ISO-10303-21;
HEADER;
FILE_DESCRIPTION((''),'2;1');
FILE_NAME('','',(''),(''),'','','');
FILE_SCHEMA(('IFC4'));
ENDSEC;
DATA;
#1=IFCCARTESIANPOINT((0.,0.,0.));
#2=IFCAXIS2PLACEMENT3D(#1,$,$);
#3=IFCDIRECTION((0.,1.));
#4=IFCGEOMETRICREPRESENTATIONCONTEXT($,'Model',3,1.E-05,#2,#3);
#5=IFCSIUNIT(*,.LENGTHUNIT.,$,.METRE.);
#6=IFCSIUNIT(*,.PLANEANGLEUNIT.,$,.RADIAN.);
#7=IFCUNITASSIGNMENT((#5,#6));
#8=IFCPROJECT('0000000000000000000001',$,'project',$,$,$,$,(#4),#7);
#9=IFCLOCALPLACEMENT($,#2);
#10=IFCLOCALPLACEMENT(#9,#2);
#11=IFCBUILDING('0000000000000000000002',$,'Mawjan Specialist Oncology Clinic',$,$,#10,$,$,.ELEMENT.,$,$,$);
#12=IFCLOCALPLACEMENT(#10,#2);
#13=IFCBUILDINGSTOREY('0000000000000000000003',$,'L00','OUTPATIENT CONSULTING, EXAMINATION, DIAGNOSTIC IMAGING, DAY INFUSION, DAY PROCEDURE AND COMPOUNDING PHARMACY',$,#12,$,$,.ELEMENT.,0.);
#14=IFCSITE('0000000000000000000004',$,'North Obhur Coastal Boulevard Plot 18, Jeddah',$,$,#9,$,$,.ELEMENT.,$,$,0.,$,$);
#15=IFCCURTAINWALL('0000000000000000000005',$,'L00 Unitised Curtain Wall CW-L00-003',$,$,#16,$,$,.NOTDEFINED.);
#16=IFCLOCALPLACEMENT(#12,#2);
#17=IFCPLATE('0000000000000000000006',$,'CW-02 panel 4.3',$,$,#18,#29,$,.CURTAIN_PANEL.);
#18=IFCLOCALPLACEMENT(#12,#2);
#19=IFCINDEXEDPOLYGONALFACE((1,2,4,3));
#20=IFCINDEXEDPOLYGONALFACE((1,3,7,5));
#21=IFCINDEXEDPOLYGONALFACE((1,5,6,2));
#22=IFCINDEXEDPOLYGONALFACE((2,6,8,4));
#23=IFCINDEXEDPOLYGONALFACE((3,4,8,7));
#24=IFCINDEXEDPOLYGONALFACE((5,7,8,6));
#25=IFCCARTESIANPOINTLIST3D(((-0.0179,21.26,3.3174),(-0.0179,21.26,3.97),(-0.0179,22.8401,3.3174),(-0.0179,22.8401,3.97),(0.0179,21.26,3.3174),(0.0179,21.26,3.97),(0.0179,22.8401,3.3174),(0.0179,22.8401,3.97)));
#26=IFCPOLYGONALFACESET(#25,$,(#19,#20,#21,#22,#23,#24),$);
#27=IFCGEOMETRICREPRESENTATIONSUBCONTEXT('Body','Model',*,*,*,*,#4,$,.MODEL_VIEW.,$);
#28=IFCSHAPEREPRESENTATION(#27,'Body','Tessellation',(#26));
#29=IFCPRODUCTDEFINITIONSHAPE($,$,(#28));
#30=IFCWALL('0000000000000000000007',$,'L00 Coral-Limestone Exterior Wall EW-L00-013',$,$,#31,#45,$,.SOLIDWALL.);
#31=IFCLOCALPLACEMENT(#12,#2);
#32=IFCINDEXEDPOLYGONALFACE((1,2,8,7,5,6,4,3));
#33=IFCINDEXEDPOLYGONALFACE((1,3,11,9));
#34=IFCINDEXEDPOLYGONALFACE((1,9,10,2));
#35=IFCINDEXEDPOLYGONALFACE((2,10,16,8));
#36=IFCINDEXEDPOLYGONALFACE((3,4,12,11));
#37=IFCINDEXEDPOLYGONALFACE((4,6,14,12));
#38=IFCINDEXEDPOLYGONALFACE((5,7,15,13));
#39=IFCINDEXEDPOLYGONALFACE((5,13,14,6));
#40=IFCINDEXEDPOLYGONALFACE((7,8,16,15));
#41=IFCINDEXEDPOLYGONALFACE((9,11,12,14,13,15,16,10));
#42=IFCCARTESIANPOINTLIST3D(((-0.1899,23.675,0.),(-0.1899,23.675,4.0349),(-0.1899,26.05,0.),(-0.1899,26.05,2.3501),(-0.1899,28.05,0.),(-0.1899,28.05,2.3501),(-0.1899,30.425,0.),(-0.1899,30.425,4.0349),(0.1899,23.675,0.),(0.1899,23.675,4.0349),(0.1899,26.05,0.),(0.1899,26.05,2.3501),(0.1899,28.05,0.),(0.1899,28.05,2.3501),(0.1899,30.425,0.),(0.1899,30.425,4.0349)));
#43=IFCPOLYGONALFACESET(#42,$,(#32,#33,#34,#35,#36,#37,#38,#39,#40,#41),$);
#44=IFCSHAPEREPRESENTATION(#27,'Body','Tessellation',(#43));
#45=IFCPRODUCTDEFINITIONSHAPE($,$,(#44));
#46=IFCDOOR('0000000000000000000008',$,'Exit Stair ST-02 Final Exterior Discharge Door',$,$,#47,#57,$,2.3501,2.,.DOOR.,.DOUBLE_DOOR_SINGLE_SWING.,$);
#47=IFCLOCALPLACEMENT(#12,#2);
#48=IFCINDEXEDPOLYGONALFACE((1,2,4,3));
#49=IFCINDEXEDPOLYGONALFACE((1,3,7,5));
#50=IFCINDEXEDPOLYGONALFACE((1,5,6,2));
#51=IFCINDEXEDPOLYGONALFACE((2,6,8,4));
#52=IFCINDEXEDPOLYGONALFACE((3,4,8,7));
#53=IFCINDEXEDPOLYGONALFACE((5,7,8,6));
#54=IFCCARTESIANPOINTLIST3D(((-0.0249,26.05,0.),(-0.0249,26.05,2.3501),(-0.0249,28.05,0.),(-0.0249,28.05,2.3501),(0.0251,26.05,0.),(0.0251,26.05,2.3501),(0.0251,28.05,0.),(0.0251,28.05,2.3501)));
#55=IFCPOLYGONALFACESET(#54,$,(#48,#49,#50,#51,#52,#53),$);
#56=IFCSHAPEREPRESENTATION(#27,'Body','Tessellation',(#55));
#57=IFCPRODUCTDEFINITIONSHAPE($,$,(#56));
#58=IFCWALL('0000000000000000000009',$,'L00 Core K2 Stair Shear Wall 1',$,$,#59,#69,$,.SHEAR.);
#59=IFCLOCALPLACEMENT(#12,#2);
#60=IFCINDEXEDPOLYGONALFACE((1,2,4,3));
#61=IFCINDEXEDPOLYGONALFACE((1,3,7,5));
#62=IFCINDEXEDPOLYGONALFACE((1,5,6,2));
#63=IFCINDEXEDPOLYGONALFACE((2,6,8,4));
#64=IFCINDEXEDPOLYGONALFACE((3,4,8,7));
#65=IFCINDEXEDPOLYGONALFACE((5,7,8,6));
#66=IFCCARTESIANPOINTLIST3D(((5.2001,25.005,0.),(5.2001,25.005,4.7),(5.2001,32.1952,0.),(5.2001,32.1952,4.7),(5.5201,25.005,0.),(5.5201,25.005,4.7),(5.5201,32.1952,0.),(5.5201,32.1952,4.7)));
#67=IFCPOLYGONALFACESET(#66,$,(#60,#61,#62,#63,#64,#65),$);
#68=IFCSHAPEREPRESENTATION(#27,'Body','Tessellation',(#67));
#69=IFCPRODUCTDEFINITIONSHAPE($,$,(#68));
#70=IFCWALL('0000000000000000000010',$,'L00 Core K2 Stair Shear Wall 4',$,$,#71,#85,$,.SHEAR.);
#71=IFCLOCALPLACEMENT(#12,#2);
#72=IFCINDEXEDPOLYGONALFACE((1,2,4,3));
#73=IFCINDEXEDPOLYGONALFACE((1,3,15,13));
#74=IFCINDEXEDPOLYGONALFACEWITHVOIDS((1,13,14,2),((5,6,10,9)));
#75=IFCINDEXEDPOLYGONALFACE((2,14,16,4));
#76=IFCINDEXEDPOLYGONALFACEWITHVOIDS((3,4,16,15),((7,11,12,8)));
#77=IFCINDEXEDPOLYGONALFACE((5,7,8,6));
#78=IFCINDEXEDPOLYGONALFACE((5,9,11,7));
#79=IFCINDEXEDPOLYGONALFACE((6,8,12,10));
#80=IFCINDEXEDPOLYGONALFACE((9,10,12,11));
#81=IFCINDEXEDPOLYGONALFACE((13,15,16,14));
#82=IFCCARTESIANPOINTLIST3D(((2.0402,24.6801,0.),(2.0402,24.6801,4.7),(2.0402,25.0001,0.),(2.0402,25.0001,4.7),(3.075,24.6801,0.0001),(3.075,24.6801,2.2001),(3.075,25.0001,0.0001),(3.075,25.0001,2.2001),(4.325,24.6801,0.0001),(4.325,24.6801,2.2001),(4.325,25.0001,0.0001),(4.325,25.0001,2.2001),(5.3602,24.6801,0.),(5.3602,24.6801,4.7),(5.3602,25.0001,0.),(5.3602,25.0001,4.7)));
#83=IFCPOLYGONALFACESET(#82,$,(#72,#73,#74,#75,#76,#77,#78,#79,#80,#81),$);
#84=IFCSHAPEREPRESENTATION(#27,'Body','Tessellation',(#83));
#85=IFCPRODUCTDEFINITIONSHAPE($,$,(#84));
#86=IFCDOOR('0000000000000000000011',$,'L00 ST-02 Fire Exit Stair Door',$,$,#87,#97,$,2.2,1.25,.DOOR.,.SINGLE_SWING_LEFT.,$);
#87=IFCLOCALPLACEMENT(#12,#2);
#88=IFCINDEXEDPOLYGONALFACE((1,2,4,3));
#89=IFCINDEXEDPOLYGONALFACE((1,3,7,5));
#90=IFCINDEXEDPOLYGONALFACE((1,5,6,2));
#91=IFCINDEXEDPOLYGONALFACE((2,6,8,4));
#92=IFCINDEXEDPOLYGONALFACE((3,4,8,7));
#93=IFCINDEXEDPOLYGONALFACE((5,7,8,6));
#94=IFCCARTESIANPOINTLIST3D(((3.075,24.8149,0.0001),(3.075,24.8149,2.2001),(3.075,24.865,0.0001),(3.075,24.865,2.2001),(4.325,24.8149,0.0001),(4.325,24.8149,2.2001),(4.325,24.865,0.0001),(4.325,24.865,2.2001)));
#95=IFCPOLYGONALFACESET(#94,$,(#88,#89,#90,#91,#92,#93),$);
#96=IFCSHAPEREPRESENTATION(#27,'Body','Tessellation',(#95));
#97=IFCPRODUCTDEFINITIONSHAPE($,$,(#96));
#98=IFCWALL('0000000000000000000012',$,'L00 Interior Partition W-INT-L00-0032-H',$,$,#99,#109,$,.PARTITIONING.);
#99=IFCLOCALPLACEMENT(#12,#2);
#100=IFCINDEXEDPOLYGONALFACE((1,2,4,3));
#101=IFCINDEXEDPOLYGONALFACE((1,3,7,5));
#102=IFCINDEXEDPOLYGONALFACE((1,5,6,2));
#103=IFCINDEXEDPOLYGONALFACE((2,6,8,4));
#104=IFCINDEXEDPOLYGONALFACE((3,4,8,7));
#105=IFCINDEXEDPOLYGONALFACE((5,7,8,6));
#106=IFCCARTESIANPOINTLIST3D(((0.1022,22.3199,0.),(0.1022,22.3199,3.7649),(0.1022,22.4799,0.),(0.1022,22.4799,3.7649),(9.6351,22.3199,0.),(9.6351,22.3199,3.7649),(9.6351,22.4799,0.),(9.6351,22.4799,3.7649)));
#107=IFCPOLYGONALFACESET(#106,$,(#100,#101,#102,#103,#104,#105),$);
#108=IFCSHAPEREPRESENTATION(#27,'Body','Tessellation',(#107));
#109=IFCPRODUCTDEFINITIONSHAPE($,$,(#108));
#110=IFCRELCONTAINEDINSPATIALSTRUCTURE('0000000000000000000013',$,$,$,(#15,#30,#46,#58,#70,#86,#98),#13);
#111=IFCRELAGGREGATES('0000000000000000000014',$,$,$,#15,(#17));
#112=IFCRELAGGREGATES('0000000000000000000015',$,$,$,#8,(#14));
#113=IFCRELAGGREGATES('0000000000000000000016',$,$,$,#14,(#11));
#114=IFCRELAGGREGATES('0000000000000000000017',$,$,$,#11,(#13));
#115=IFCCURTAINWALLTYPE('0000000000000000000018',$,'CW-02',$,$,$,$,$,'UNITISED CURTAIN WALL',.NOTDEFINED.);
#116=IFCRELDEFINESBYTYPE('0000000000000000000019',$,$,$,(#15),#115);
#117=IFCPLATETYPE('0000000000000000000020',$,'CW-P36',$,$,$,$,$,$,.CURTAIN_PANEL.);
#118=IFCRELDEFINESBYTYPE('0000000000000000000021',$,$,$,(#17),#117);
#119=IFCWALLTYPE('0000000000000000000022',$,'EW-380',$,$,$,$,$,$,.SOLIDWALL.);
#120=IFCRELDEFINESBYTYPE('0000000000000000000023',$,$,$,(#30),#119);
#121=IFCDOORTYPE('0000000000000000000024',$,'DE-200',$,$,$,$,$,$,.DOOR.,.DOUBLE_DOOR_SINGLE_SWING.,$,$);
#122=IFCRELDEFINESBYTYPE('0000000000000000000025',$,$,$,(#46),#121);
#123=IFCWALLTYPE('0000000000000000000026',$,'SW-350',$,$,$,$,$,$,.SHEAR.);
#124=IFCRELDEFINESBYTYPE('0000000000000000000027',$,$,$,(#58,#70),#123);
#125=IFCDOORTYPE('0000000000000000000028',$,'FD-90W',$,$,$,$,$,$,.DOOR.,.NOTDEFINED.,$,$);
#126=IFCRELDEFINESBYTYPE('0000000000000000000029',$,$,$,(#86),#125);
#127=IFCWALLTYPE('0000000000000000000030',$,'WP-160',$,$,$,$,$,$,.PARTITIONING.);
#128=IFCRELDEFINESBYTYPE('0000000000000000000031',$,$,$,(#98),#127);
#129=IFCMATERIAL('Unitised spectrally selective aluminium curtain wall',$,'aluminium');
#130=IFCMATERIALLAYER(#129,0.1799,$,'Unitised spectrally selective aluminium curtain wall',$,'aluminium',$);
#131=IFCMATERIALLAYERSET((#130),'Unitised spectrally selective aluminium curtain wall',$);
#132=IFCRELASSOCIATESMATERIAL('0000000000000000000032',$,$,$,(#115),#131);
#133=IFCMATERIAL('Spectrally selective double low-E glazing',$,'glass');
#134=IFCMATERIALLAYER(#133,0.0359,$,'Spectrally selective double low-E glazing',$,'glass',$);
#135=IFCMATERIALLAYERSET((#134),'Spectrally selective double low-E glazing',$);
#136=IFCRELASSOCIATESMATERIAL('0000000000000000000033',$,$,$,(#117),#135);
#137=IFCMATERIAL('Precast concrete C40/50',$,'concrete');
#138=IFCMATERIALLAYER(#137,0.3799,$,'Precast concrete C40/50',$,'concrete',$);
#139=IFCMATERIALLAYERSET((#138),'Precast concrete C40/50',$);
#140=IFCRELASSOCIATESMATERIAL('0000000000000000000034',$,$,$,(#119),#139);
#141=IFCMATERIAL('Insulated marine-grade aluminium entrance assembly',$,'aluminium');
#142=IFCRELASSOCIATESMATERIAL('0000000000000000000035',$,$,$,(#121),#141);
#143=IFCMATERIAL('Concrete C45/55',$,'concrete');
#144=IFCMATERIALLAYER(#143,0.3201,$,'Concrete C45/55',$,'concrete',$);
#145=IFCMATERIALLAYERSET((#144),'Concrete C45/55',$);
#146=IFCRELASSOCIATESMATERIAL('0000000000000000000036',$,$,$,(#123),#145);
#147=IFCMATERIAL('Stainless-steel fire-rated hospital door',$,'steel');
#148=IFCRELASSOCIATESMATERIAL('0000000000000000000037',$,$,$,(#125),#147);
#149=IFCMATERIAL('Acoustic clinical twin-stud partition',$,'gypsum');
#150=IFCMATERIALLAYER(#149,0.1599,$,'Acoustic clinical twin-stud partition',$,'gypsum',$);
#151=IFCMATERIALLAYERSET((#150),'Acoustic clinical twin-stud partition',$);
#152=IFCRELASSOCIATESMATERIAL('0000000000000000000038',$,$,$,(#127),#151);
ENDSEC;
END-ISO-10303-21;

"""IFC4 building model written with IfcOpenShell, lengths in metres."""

from ifc_helpers import new_model, si_unit, direction, frame, frame_2d, origin, origin_2d, place, context, subcontext, project, spatial, rectangle, extrude, material, layer, layer_set, type_object, element, fill, aggregate, save


model = new_model("IFC4")

# Units and contexts
model_context = context("Model", 3, precision=1e-05, world=origin(), true_north=direction((0.0, 1.0)))
body_context = subcontext(model_context, "Body", "Model", "MODEL_VIEW")
ifc_project = project(units=[si_unit("LENGTHUNIT", "METRE"), si_unit("PLANEANGLEUNIT", "RADIAN")], contexts=[model_context])

# Site, building, storey
site_placement = place(None, origin())
site = spatial("IfcSite", under=ifc_project, at=site_placement, Name="North Obhur Coastal Boulevard Plot 18, Jeddah", CompositionType="ELEMENT", RefElevation=0.0)
building_placement = place(site_placement, origin())
building = spatial("IfcBuilding", under=site, at=building_placement, Name="Mawjan Specialist Oncology Clinic", CompositionType="ELEMENT")
storey_placement = place(building_placement, origin())
storey = spatial("IfcBuildingStorey", under=building, at=storey_placement, Name="L00", Description="OUTPATIENT CONSULTING, EXAMINATION, DIAGNOSTIC IMAGING, DAY INFUSION, DAY PROCEDURE AND COMPOUNDING PHARMACY", CompositionType="ELEMENT", Elevation=0.0)

# Curtain wall, plate
ifc_material_1 = material(Name="Unitised spectrally selective aluminium curtain wall", Category="aluminium")
ifc_layer_1 = layer(ifc_material_1, 0.1799, Name="Unitised spectrally selective aluminium curtain wall", Category="aluminium")
ifc_layer_set_1 = layer_set([ifc_layer_1], Name="Unitised spectrally selective aluminium curtain wall")
curtain_wall_type = type_object("IfcCurtainWallType", Name="CW-02", ElementType="UNITISED CURTAIN WALL", PredefinedType="NOTDEFINED", material=ifc_layer_set_1)
curtain_wall_placement = place(storey_placement, origin())
curtain_wall = element("IfcCurtainWall", 1, at=curtain_wall_placement, inside=storey, type_object=curtain_wall_type, Name="L00 Unitised Curtain Wall CW-L00-003", PredefinedType="NOTDEFINED")
ifc_material_2 = material(Name="Spectrally selective double low-E glazing", Category="glass")
ifc_layer_2 = layer(ifc_material_2, 0.0359, Name="Spectrally selective double low-E glazing", Category="glass")
ifc_layer_set_2 = layer_set([ifc_layer_2], Name="Spectrally selective double low-E glazing")
plate_type = type_object("IfcPlateType", Name="CW-P36", PredefinedType="CURTAIN_PANEL", material=ifc_layer_set_2)
plate_1_placement = place(storey_placement, frame((0.0, 22.05, 3.3174), z_axis=(0.0, 0.0, 1.0), x_axis=(0.0, 1.0, 0.0)))
plate_1 = element("IfcPlate", 2, at=plate_1_placement, type_object=plate_type, Name="CW-02 panel 4.3", PredefinedType="CURTAIN_PANEL", context=body_context, shape_type="SweptSolid", body=[
    extrude(rectangle(XDim=1.5801, YDim=0.0359, at=origin_2d()), origin(), (0.0, 0.0, 1.0), 0.6526),
])
aggregate(curtain_wall, [plate_1])

# Wall, opening, door
ifc_material_3 = material(Name="Precast concrete C40/50", Category="concrete")
ifc_layer_3 = layer(ifc_material_3, 0.3799, Name="Precast concrete C40/50", Category="concrete")
ifc_layer_set_3 = layer_set([ifc_layer_3], Name="Precast concrete C40/50")
wall_type_1 = type_object("IfcWallType", Name="EW-380", PredefinedType="SOLIDWALL", material=ifc_layer_set_3)
wall_1_placement = place(storey_placement, frame((0.0, 23.675, 0.0), z_axis=(0.0, 0.0, 1.0), x_axis=(0.0, 1.0, 0.0)))
wall_1 = element("IfcWall", 3, at=wall_1_placement, inside=storey, type_object=wall_type_1, Name="L00 Coral-Limestone Exterior Wall EW-L00-013", PredefinedType="SOLIDWALL", context=body_context, shape_type="SweptSolid", body=[
    extrude(rectangle(XDim=6.75, YDim=0.3799, at=frame_2d((3.375, 0.0))), origin(), (0.0, 0.0, 1.0), 4.0349),
])
opening_1_placement = place(wall_1_placement, frame((2.375, 0.0, 0.0)))
opening_1 = element("IfcOpeningElement", 4, at=opening_1_placement, cuts=wall_1, PredefinedType="OPENING", context=body_context, shape_type="SweptSolid", body=[
    extrude(rectangle(XDim=2.0, YDim=2.3501, at=frame_2d((1.0, 1.175))), frame((0.0, 0.2019, 0.0), z_axis=(0.0, -1.0, 0.0), x_axis=(1.0, 0.0, 0.0)), (0.0, 0.0, 1.0), 0.4038),
])
ifc_material_4 = material(Name="Insulated marine-grade aluminium entrance assembly", Category="aluminium")
door_type_1 = type_object("IfcDoorType", Name="DE-200", OperationType="DOUBLE_DOOR_SINGLE_SWING", PredefinedType="DOOR", material=ifc_material_4)
door_1_placement = place(opening_1_placement, origin())
door_1 = element("IfcDoor", 5, at=door_1_placement, inside=storey, type_object=door_type_1, Name="Exit Stair ST-02 Final Exterior Discharge Door", OperationType="DOUBLE_DOOR_SINGLE_SWING", OverallHeight=2.3501, OverallWidth=2.0, PredefinedType="DOOR", context=body_context, shape_type="SweptSolid", body=[
    extrude(rectangle(XDim=2.0, YDim=2.3501, at=frame_2d((1.0, 1.175))), frame((0.0, 0.0249, 0.0), z_axis=(0.0, -1.0, 0.0), x_axis=(1.0, 0.0, 0.0)), (0.0, 0.0, 1.0), 0.05),
])
fill(opening_1, door_1)

# Wall
ifc_material_5 = material(Name="Concrete C45/55", Category="concrete")
ifc_layer_4 = layer(ifc_material_5, 0.3201, Name="Concrete C45/55", Category="concrete")
ifc_layer_set_4 = layer_set([ifc_layer_4], Name="Concrete C45/55")
wall_type_2 = type_object("IfcWallType", Name="SW-350", PredefinedType="SHEAR", material=ifc_layer_set_4)
wall_2_placement = place(storey_placement, frame((5.3601, 25.0049, 0.0), z_axis=(0.0, 0.0, 1.0), x_axis=(0.0, 1.0, 0.0)))
element("IfcWall", 6, at=wall_2_placement, inside=storey, type_object=wall_type_2, Name="L00 Core K2 Stair Shear Wall 1", PredefinedType="SHEAR", context=body_context, shape_type="SweptSolid", body=[
    extrude(rectangle(XDim=7.1902, YDim=0.3201, at=frame_2d((3.5952, 0.0))), origin(), (0.0, 0.0, 1.0), 4.7),
])

# Wall, opening, door
wall_3_placement = place(storey_placement, frame((2.04, 24.8401, 0.0), z_axis=(0.0, 0.0, 1.0), x_axis=(1.0, 0.0, 0.0)))
wall_3 = element("IfcWall", 7, at=wall_3_placement, inside=storey, type_object=wall_type_2, Name="L00 Core K2 Stair Shear Wall 4", PredefinedType="SHEAR", context=body_context, shape_type="SweptSolid", body=[
    extrude(rectangle(XDim=3.3201, YDim=0.3201, at=frame_2d((1.6602, 0.0))), origin(), (0.0, 0.0, 1.0), 4.7),
])
opening_2_placement = place(wall_3_placement, frame((1.0349, 0.0, 0.0)))
opening_2 = element("IfcOpeningElement", 8, at=opening_2_placement, cuts=wall_3, PredefinedType="OPENING", context=body_context, shape_type="SweptSolid", body=[
    extrude(rectangle(XDim=1.25, YDim=2.2, at=frame_2d((0.625, 1.1001))), frame((0.0, 0.1721, 0.0), z_axis=(0.0, -1.0, 0.0), x_axis=(1.0, 0.0, 0.0)), (0.0, 0.0, 1.0), 0.344),
])
ifc_material_6 = material(Name="Stainless-steel fire-rated hospital door", Category="steel")
door_type_2 = type_object("IfcDoorType", Name="FD-90W", OperationType="NOTDEFINED", PredefinedType="DOOR", material=ifc_material_6)
door_2_placement = place(opening_2_placement, origin())
door_2 = element("IfcDoor", 9, at=door_2_placement, inside=storey, type_object=door_type_2, Name="L00 ST-02 Fire Exit Stair Door", OperationType="SINGLE_SWING_LEFT", OverallHeight=2.2, OverallWidth=1.25, PredefinedType="DOOR", context=body_context, shape_type="SweptSolid", body=[
    extrude(rectangle(XDim=1.25, YDim=2.2, at=frame_2d((0.625, 1.1001))), frame((0.0, 0.0249, 0.0), z_axis=(0.0, -1.0, 0.0), x_axis=(1.0, 0.0, 0.0)), (0.0, 0.0, 1.0), 0.05),
])
fill(opening_2, door_2)

# Wall
ifc_material_7 = material(Name="Acoustic clinical twin-stud partition", Category="gypsum")
ifc_layer_5 = layer(ifc_material_7, 0.1599, Name="Acoustic clinical twin-stud partition", Category="gypsum")
ifc_layer_set_5 = layer_set([ifc_layer_5], Name="Acoustic clinical twin-stud partition")
wall_type_3 = type_object("IfcWallType", Name="WP-160", PredefinedType="PARTITIONING", material=ifc_layer_set_5)
wall_4_placement = place(storey_placement, frame((0.1021, 22.3999, 0.0), z_axis=(0.0, 0.0, 1.0), x_axis=(1.0, 0.0, 0.0)))
element("IfcWall", 10, at=wall_4_placement, inside=storey, type_object=wall_type_3, Name="L00 Interior Partition W-INT-L00-0032-H", PredefinedType="PARTITIONING", context=body_context, shape_type="SweptSolid", body=[
    extrude(rectangle(XDim=9.533, YDim=0.1599, at=frame_2d((4.7666, 0.0))), origin(), (0.0, 0.0, 1.0), 3.7649),
])

save(model, "model.ifc")
